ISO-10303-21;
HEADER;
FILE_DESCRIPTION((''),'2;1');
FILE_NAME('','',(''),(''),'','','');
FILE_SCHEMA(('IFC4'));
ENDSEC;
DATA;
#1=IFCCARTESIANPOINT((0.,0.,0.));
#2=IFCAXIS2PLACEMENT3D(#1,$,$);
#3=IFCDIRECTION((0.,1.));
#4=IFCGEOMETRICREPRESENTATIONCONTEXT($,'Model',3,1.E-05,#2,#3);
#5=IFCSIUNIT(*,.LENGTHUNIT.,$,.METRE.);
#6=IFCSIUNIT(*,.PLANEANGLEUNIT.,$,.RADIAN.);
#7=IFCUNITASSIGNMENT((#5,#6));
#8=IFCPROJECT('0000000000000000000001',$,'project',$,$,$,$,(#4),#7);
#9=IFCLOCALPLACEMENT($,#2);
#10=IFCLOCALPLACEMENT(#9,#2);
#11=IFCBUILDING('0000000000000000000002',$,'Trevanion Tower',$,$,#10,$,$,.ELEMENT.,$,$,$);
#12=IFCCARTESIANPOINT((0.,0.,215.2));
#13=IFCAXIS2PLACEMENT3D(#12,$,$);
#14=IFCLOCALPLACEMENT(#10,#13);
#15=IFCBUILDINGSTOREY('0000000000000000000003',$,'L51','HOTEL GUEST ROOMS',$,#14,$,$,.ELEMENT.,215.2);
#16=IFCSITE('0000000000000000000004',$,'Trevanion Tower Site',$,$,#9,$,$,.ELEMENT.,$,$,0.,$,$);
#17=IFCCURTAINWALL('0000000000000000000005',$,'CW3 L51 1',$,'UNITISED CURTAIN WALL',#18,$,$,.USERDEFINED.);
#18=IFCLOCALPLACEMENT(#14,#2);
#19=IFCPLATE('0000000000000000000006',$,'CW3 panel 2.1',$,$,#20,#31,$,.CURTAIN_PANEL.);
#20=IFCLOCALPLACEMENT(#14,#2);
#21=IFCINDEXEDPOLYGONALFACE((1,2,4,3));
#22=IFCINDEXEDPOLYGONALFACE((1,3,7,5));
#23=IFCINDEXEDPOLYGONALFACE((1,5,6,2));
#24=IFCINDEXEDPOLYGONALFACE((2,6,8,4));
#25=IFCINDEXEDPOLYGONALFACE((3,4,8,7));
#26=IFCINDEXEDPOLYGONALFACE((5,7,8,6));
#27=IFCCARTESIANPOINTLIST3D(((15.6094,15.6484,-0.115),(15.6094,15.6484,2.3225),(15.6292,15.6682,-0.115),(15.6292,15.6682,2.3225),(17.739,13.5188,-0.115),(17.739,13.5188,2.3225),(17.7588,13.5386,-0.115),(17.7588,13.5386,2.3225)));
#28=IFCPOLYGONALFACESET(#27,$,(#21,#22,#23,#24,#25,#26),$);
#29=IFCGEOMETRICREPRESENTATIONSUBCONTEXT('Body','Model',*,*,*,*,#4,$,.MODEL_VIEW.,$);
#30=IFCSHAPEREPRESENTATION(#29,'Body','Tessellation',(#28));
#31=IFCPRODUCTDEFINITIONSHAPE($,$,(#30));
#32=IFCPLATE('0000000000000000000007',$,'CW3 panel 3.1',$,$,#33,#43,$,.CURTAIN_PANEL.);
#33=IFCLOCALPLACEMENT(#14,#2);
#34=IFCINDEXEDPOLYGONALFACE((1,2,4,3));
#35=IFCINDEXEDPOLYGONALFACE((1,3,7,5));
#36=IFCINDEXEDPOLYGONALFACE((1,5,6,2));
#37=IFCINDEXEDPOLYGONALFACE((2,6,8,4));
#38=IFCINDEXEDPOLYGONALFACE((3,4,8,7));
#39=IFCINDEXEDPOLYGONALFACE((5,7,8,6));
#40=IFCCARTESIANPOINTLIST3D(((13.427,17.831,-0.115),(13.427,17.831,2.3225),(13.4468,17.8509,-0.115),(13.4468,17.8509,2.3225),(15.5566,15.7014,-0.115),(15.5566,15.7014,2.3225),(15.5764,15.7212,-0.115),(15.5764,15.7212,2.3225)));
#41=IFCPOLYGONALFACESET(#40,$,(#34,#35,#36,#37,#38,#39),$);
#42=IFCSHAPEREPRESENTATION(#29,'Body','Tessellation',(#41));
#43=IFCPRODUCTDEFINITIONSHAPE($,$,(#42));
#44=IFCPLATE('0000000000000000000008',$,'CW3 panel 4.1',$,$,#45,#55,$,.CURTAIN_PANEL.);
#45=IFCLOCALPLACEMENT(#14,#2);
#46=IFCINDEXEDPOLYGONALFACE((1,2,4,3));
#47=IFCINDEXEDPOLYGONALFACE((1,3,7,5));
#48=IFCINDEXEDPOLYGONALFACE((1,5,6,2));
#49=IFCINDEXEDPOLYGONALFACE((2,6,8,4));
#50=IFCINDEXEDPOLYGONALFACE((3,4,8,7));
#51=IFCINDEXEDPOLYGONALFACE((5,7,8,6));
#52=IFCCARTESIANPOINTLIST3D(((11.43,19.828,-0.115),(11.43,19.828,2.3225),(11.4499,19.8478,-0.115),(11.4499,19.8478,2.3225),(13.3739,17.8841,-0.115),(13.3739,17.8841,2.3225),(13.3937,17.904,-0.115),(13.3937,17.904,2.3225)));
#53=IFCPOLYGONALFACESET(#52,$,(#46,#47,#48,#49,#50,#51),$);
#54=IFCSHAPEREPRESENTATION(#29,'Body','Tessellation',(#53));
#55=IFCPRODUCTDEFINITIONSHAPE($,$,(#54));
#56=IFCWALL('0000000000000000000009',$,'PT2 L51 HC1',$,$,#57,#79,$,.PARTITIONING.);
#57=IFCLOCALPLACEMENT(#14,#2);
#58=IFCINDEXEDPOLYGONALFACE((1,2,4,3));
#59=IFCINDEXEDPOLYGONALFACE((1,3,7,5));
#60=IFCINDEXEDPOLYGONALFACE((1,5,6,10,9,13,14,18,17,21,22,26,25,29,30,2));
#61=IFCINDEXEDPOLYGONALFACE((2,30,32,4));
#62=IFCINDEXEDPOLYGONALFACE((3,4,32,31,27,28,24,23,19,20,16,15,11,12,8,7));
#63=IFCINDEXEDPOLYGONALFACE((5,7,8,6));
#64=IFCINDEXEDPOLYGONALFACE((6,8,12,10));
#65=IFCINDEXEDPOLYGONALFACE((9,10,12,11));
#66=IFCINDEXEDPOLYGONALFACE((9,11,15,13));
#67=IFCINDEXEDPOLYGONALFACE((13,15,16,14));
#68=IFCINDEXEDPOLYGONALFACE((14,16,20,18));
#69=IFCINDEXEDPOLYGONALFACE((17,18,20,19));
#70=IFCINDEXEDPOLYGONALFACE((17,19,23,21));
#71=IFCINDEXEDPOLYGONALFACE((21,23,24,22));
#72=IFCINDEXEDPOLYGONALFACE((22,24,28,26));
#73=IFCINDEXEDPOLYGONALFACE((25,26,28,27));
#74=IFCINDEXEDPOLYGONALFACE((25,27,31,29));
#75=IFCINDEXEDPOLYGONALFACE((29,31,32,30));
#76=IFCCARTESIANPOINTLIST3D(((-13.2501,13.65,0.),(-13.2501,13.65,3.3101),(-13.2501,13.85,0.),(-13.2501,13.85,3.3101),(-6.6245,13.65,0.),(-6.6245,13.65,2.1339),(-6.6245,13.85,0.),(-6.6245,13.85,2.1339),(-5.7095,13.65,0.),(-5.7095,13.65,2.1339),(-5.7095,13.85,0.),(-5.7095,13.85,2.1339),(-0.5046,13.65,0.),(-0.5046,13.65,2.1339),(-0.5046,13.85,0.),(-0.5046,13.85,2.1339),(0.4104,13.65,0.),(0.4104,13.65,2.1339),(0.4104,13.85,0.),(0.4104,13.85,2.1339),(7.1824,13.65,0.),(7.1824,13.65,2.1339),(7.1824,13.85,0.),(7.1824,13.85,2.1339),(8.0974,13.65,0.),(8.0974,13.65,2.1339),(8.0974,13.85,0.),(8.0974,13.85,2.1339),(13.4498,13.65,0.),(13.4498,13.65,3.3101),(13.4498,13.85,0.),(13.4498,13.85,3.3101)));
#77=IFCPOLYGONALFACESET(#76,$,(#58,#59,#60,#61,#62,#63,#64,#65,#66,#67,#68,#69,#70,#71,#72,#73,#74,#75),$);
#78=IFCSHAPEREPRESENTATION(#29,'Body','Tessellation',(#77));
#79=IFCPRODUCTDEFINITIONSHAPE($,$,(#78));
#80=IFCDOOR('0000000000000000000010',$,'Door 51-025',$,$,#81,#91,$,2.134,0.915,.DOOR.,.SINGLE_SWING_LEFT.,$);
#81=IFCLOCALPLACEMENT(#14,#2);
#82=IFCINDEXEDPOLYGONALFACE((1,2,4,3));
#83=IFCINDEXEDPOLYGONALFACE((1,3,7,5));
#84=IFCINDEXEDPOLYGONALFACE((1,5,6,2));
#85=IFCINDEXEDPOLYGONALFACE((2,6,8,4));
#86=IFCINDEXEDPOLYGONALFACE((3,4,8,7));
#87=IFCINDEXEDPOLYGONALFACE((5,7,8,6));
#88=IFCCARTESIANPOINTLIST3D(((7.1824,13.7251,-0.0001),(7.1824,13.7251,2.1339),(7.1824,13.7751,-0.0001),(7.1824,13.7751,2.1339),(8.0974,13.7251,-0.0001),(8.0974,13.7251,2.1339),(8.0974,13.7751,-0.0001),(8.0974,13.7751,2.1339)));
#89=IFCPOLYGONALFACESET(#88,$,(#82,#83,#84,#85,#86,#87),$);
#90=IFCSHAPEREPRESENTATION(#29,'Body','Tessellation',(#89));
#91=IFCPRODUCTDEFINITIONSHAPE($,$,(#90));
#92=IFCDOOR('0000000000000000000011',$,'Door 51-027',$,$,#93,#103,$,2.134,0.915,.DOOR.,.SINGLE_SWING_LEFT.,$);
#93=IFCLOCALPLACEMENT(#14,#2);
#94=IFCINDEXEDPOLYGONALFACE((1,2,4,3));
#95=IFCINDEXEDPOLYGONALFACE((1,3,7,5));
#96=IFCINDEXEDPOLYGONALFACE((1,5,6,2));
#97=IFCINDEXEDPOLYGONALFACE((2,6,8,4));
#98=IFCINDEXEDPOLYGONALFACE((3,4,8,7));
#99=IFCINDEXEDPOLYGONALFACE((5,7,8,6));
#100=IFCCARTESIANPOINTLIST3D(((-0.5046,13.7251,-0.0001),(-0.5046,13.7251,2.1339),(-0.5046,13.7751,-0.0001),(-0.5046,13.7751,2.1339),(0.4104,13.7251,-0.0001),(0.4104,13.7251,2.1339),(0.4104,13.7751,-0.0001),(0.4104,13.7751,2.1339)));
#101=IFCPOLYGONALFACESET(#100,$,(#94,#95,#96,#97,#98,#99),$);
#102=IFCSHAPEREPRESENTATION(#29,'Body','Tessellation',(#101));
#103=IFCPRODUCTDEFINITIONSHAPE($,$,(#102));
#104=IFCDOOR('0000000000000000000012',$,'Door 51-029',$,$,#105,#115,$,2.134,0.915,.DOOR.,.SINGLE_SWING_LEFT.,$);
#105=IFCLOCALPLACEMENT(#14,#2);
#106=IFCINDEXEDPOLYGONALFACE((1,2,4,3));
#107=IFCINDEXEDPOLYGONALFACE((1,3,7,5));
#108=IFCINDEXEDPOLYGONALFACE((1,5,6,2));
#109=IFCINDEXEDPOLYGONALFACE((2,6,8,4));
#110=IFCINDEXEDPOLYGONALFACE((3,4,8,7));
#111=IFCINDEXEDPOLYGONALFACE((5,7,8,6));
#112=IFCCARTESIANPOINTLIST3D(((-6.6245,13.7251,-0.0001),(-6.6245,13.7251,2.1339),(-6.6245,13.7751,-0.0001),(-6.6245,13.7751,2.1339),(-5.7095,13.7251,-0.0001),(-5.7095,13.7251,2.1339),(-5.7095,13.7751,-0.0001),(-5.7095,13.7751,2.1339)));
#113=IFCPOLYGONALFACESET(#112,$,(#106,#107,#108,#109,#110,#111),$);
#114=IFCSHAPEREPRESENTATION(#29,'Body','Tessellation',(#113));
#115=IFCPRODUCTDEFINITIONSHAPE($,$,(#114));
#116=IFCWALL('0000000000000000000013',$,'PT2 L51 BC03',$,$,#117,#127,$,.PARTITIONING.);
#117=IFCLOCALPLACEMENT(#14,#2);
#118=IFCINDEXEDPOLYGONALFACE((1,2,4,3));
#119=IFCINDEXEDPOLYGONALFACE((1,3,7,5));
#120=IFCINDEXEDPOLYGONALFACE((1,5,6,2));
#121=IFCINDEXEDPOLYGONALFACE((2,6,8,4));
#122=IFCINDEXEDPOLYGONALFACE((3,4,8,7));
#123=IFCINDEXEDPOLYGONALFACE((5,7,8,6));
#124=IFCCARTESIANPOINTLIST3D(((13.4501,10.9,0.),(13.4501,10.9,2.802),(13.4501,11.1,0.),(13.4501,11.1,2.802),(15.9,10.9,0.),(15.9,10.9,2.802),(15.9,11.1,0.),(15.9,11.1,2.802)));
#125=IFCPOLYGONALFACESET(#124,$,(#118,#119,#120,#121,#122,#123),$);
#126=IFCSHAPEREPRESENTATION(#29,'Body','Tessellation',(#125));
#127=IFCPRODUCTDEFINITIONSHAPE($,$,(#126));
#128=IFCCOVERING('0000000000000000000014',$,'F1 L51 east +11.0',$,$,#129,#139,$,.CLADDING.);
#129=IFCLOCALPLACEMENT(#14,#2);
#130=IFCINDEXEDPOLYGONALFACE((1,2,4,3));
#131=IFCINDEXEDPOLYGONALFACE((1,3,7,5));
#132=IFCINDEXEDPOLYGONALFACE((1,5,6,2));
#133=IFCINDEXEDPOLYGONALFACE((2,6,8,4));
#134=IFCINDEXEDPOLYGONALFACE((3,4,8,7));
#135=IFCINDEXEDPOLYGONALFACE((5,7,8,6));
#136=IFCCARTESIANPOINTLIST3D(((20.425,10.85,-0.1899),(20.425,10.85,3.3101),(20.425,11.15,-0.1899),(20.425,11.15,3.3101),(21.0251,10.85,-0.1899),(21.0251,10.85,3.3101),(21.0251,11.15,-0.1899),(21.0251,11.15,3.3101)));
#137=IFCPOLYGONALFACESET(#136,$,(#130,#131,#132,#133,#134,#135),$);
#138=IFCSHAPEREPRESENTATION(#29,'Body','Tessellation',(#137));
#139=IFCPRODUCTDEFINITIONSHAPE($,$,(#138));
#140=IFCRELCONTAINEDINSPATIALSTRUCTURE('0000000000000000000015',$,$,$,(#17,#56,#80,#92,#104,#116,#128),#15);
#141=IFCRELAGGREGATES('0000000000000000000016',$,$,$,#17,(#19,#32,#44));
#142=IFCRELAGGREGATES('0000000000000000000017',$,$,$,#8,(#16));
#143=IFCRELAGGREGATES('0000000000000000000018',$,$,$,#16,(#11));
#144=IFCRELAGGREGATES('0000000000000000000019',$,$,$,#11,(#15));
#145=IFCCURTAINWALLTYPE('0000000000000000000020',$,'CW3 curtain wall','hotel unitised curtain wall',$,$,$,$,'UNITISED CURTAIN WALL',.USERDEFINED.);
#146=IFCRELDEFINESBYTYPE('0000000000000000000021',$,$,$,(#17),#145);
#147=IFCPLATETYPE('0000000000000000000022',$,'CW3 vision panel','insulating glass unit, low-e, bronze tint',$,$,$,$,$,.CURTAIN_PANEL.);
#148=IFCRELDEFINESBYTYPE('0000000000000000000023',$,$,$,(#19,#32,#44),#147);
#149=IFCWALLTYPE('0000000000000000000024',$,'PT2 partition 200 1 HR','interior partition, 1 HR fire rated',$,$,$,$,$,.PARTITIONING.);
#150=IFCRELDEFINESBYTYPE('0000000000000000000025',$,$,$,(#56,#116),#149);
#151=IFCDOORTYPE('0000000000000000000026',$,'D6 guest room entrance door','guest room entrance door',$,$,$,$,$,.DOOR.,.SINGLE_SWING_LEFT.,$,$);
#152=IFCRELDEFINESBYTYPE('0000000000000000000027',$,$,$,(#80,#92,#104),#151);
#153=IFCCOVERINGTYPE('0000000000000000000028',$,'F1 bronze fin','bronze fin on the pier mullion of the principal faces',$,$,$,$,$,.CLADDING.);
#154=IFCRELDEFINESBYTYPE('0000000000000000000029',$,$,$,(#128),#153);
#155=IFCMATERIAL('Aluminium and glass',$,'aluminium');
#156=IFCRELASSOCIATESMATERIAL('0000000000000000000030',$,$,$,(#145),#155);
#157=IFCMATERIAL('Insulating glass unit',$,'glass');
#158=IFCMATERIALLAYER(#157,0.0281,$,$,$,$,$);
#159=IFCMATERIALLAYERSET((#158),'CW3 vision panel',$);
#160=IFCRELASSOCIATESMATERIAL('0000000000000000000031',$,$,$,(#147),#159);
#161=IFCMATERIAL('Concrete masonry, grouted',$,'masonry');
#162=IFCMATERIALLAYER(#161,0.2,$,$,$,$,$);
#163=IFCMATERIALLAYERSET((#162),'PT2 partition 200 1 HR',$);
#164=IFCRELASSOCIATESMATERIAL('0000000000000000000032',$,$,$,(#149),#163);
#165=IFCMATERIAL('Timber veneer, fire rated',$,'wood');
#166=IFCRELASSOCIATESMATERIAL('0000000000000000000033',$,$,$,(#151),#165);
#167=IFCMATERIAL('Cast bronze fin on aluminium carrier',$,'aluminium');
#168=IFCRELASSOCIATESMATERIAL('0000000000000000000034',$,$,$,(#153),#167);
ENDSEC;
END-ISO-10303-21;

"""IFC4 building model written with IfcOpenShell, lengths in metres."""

from ifc_helpers import new_model, si_unit, direction, frame, frame_2d, origin, origin_2d, place, context, subcontext, project, spatial, rectangle, extrude, material, layer, layer_set, type_object, element, fill, aggregate, save


model = new_model("IFC4")

# Units and contexts
model_context = context("Model", 3, precision=1e-05, world=origin(), true_north=direction((0.0, 1.0)))
body_context = subcontext(model_context, "Body", "Model", "MODEL_VIEW")
ifc_project = project(units=[si_unit("LENGTHUNIT", "METRE"), si_unit("PLANEANGLEUNIT", "RADIAN")], contexts=[model_context])

# Site, building, storey
site_placement = place(None, origin())
site = spatial("IfcSite", under=ifc_project, at=site_placement, Name="Trevanion Tower Site", CompositionType="ELEMENT", RefElevation=0.0)
building_placement = place(site_placement, origin())
building = spatial("IfcBuilding", under=site, at=building_placement, Name="Trevanion Tower", CompositionType="ELEMENT")
storey_placement = place(building_placement, frame((0.0, 0.0, 215.2)))
storey = spatial("IfcBuildingStorey", under=building, at=storey_placement, Name="L51", Description="HOTEL GUEST ROOMS", CompositionType="ELEMENT", Elevation=215.2)

# Curtain wall
ifc_material_1 = material(Name="Aluminium and glass", Category="aluminium")
curtain_wall_type = type_object("IfcCurtainWallType", Name="CW3 curtain wall", Description="hotel unitised curtain wall", ElementType="UNITISED CURTAIN WALL", PredefinedType="USERDEFINED", material=ifc_material_1)
curtain_wall_1_placement = place(storey_placement, origin())
curtain_wall_1 = element("IfcCurtainWall", 1, at=curtain_wall_1_placement, inside=storey, type_object=curtain_wall_type, Name="CW3 L51 1", ObjectType="UNITISED CURTAIN WALL", PredefinedType="USERDEFINED")

# Plates
ifc_material_2 = material(Name="Insulating glass unit", Category="glass")
ifc_layer_1 = layer(ifc_material_2, 0.0281)
ifc_layer_set_1 = layer_set([ifc_layer_1], Name="CW3 vision panel")
plate_type_1 = type_object("IfcPlateType", Name="CW3 vision panel", Description="insulating glass unit, low-e, bronze tint", PredefinedType="CURTAIN_PANEL", material=ifc_layer_set_1)
plate_1_placement = place(storey_placement, frame((16.6841, 14.5935, -0.115), z_axis=(0.0, 0.0, 1.0), x_axis=(-0.707107, 0.707107, 0.0)))
plate_1 = element("IfcPlate", 2, at=plate_1_placement, type_object=plate_type_1, Name="CW3 panel 2.1", PredefinedType="CURTAIN_PANEL", context=body_context, shape_type="SweptSolid", body=[
    extrude(rectangle(XDim=3.0117, YDim=0.0281, at=origin_2d()), origin(), (0.0, 0.0, 1.0), 2.4375),
])
plate_2_placement = place(storey_placement, frame((14.5017, 16.7761, -0.115), z_axis=(0.0, 0.0, 1.0), x_axis=(-0.707107, 0.707107, 0.0)))
plate_2 = element("IfcPlate", 3, at=plate_2_placement, type_object=plate_type_1, Name="CW3 panel 3.1", PredefinedType="CURTAIN_PANEL", context=body_context, shape_type="SweptSolid", body=[
    extrude(rectangle(XDim=3.0117, YDim=0.0281, at=origin_2d()), origin(), (0.0, 0.0, 1.0), 2.4375),
])
plate_3_placement = place(storey_placement, frame((12.4119, 18.866, -0.115), z_axis=(0.0, 0.0, 1.0), x_axis=(-0.707107, 0.707107, 0.0)))
plate_3 = element("IfcPlate", 4, at=plate_3_placement, type_object=plate_type_1, Name="CW3 panel 4.1", PredefinedType="CURTAIN_PANEL", context=body_context, shape_type="SweptSolid", body=[
    extrude(rectangle(XDim=2.749, YDim=0.0281, at=origin_2d()), origin(), (0.0, 0.0, 1.0), 2.4375),
])
aggregate(curtain_wall_1, [plate_1, plate_2, plate_3])

# Wall, openings, doors
ifc_material_3 = material(Name="Concrete masonry, grouted", Category="masonry")
ifc_layer_2 = layer(ifc_material_3, 0.2)
ifc_layer_set_2 = layer_set([ifc_layer_2], Name="PT2 partition 200 1 HR")
wall_type = type_object("IfcWallType", Name="PT2 partition 200 1 HR", Description="interior partition, 1 HR fire rated", PredefinedType="PARTITIONING", material=ifc_layer_set_2)
wall_1_placement = place(storey_placement, frame((13.45, 13.75, 0.0), z_axis=(0.0, 0.0, 1.0), x_axis=(-1.0, 0.0, 0.0)))
wall_1 = element("IfcWall", 5, at=wall_1_placement, inside=storey, type_object=wall_type, Name="PT2 L51 HC1", PredefinedType="PARTITIONING", context=body_context, shape_type="SweptSolid", body=[
    extrude(rectangle(XDim=26.7, YDim=0.2, at=frame_2d((13.3501, 0.0))), origin(), (0.0, 0.0, 1.0), 3.3101),
])
opening_1_placement = place(wall_1_placement, frame((5.3525, 0.0, 0.0)))
opening_1 = element("IfcOpeningElement", 6, at=opening_1_placement, cuts=wall_1, PredefinedType="OPENING", context=body_context, shape_type="SweptSolid", body=[
    extrude(rectangle(XDim=0.915, YDim=2.134, at=frame_2d((0.4575, 1.0669))), frame((0.0, 0.1099, 0.0), z_axis=(0.0, -1.0, 0.0), x_axis=(1.0, 0.0, 0.0)), (0.0, 0.0, 1.0), 0.22),
])
opening_2_placement = place(wall_1_placement, frame((13.0396, 0.0, 0.0)))
opening_2 = element("IfcOpeningElement", 7, at=opening_2_placement, cuts=wall_1, PredefinedType="OPENING", context=body_context, shape_type="SweptSolid", body=[
    extrude(rectangle(XDim=0.915, YDim=2.134, at=frame_2d((0.4575, 1.0669))), frame((0.0, 0.1099, 0.0), z_axis=(0.0, -1.0, 0.0), x_axis=(1.0, 0.0, 0.0)), (0.0, 0.0, 1.0), 0.22),
])
opening_3_placement = place(wall_1_placement, frame((19.1594, 0.0, 0.0)))
opening_3 = element("IfcOpeningElement", 8, at=opening_3_placement, cuts=wall_1, PredefinedType="OPENING", context=body_context, shape_type="SweptSolid", body=[
    extrude(rectangle(XDim=0.915, YDim=2.134, at=frame_2d((0.4575, 1.0669))), frame((0.0, 0.1099, 0.0), z_axis=(0.0, -1.0, 0.0), x_axis=(1.0, 0.0, 0.0)), (0.0, 0.0, 1.0), 0.22),
])
ifc_material_4 = material(Name="Timber veneer, fire rated", Category="wood")
door_type = type_object("IfcDoorType", Name="D6 guest room entrance door", Description="guest room entrance door", OperationType="SINGLE_SWING_LEFT", PredefinedType="DOOR", material=ifc_material_4)
door_1_placement = place(opening_1_placement, origin())
door_1 = element("IfcDoor", 9, at=door_1_placement, inside=storey, type_object=door_type, Name="Door 51-025", OperationType="SINGLE_SWING_LEFT", OverallHeight=2.134, OverallWidth=0.915, PredefinedType="DOOR", context=body_context, shape_type="SweptSolid", body=[
    extrude(rectangle(XDim=0.915, YDim=2.134, at=frame_2d((0.4575, 1.0669))), frame((0.0, 0.0249, 0.0), z_axis=(0.0, -1.0, 0.0), x_axis=(1.0, 0.0, 0.0)), (0.0, 0.0, 1.0), 0.05),
])
fill(opening_1, door_1)
door_2_placement = place(opening_2_placement, origin())
door_2 = element("IfcDoor", 10, at=door_2_placement, inside=storey, type_object=door_type, Name="Door 51-027", OperationType="SINGLE_SWING_LEFT", OverallHeight=2.134, OverallWidth=0.915, PredefinedType="DOOR", context=body_context, shape_type="SweptSolid", body=[
    extrude(rectangle(XDim=0.915, YDim=2.134, at=frame_2d((0.4575, 1.0669))), frame((0.0, 0.0249, 0.0), z_axis=(0.0, -1.0, 0.0), x_axis=(1.0, 0.0, 0.0)), (0.0, 0.0, 1.0), 0.05),
])
fill(opening_2, door_2)
door_3_placement = place(opening_3_placement, origin())
door_3 = element("IfcDoor", 11, at=door_3_placement, inside=storey, type_object=door_type, Name="Door 51-029", OperationType="SINGLE_SWING_LEFT", OverallHeight=2.134, OverallWidth=0.915, PredefinedType="DOOR", context=body_context, shape_type="SweptSolid", body=[
    extrude(rectangle(XDim=0.915, YDim=2.134, at=frame_2d((0.4575, 1.0669))), frame((0.0, 0.0249, 0.0), z_axis=(0.0, -1.0, 0.0), x_axis=(1.0, 0.0, 0.0)), (0.0, 0.0, 1.0), 0.05),
])
fill(opening_3, door_3)

# Wall
wall_2_placement = place(storey_placement, frame((13.45, 11.0, 0.0), z_axis=(0.0, 0.0, 1.0), x_axis=(1.0, 0.0, 0.0)))
element("IfcWall", 12, at=wall_2_placement, inside=storey, type_object=wall_type, Name="PT2 L51 BC03", PredefinedType="PARTITIONING", context=body_context, shape_type="SweptSolid", body=[
    extrude(rectangle(XDim=2.45, YDim=0.2, at=frame_2d((1.2251, 0.0))), origin(), (0.0, 0.0, 1.0), 2.802),
])

# Covering
ifc_material_5 = material(Name="Cast bronze fin on aluminium carrier", Category="aluminium")
covering_type = type_object("IfcCoveringType", Name="F1 bronze fin", Description="bronze fin on the pier mullion of the principal faces", PredefinedType="CLADDING", material=ifc_material_5)
covering_placement = place(storey_placement, frame((20.7251, 11.0, -0.1899), z_axis=(0.0, 0.0, 1.0), x_axis=(0.0, 1.0, 0.0)))
element("IfcCovering", 13, at=covering_placement, inside=storey, type_object=covering_type, Name="F1 L51 east +11.0", PredefinedType="CLADDING", context=body_context, shape_type="SweptSolid", body=[
    extrude(rectangle(XDim=0.3, YDim=0.6001, at=origin_2d()), origin(), (0.0, 0.0, 1.0), 3.5),
])

save(model, "model.ifc")
